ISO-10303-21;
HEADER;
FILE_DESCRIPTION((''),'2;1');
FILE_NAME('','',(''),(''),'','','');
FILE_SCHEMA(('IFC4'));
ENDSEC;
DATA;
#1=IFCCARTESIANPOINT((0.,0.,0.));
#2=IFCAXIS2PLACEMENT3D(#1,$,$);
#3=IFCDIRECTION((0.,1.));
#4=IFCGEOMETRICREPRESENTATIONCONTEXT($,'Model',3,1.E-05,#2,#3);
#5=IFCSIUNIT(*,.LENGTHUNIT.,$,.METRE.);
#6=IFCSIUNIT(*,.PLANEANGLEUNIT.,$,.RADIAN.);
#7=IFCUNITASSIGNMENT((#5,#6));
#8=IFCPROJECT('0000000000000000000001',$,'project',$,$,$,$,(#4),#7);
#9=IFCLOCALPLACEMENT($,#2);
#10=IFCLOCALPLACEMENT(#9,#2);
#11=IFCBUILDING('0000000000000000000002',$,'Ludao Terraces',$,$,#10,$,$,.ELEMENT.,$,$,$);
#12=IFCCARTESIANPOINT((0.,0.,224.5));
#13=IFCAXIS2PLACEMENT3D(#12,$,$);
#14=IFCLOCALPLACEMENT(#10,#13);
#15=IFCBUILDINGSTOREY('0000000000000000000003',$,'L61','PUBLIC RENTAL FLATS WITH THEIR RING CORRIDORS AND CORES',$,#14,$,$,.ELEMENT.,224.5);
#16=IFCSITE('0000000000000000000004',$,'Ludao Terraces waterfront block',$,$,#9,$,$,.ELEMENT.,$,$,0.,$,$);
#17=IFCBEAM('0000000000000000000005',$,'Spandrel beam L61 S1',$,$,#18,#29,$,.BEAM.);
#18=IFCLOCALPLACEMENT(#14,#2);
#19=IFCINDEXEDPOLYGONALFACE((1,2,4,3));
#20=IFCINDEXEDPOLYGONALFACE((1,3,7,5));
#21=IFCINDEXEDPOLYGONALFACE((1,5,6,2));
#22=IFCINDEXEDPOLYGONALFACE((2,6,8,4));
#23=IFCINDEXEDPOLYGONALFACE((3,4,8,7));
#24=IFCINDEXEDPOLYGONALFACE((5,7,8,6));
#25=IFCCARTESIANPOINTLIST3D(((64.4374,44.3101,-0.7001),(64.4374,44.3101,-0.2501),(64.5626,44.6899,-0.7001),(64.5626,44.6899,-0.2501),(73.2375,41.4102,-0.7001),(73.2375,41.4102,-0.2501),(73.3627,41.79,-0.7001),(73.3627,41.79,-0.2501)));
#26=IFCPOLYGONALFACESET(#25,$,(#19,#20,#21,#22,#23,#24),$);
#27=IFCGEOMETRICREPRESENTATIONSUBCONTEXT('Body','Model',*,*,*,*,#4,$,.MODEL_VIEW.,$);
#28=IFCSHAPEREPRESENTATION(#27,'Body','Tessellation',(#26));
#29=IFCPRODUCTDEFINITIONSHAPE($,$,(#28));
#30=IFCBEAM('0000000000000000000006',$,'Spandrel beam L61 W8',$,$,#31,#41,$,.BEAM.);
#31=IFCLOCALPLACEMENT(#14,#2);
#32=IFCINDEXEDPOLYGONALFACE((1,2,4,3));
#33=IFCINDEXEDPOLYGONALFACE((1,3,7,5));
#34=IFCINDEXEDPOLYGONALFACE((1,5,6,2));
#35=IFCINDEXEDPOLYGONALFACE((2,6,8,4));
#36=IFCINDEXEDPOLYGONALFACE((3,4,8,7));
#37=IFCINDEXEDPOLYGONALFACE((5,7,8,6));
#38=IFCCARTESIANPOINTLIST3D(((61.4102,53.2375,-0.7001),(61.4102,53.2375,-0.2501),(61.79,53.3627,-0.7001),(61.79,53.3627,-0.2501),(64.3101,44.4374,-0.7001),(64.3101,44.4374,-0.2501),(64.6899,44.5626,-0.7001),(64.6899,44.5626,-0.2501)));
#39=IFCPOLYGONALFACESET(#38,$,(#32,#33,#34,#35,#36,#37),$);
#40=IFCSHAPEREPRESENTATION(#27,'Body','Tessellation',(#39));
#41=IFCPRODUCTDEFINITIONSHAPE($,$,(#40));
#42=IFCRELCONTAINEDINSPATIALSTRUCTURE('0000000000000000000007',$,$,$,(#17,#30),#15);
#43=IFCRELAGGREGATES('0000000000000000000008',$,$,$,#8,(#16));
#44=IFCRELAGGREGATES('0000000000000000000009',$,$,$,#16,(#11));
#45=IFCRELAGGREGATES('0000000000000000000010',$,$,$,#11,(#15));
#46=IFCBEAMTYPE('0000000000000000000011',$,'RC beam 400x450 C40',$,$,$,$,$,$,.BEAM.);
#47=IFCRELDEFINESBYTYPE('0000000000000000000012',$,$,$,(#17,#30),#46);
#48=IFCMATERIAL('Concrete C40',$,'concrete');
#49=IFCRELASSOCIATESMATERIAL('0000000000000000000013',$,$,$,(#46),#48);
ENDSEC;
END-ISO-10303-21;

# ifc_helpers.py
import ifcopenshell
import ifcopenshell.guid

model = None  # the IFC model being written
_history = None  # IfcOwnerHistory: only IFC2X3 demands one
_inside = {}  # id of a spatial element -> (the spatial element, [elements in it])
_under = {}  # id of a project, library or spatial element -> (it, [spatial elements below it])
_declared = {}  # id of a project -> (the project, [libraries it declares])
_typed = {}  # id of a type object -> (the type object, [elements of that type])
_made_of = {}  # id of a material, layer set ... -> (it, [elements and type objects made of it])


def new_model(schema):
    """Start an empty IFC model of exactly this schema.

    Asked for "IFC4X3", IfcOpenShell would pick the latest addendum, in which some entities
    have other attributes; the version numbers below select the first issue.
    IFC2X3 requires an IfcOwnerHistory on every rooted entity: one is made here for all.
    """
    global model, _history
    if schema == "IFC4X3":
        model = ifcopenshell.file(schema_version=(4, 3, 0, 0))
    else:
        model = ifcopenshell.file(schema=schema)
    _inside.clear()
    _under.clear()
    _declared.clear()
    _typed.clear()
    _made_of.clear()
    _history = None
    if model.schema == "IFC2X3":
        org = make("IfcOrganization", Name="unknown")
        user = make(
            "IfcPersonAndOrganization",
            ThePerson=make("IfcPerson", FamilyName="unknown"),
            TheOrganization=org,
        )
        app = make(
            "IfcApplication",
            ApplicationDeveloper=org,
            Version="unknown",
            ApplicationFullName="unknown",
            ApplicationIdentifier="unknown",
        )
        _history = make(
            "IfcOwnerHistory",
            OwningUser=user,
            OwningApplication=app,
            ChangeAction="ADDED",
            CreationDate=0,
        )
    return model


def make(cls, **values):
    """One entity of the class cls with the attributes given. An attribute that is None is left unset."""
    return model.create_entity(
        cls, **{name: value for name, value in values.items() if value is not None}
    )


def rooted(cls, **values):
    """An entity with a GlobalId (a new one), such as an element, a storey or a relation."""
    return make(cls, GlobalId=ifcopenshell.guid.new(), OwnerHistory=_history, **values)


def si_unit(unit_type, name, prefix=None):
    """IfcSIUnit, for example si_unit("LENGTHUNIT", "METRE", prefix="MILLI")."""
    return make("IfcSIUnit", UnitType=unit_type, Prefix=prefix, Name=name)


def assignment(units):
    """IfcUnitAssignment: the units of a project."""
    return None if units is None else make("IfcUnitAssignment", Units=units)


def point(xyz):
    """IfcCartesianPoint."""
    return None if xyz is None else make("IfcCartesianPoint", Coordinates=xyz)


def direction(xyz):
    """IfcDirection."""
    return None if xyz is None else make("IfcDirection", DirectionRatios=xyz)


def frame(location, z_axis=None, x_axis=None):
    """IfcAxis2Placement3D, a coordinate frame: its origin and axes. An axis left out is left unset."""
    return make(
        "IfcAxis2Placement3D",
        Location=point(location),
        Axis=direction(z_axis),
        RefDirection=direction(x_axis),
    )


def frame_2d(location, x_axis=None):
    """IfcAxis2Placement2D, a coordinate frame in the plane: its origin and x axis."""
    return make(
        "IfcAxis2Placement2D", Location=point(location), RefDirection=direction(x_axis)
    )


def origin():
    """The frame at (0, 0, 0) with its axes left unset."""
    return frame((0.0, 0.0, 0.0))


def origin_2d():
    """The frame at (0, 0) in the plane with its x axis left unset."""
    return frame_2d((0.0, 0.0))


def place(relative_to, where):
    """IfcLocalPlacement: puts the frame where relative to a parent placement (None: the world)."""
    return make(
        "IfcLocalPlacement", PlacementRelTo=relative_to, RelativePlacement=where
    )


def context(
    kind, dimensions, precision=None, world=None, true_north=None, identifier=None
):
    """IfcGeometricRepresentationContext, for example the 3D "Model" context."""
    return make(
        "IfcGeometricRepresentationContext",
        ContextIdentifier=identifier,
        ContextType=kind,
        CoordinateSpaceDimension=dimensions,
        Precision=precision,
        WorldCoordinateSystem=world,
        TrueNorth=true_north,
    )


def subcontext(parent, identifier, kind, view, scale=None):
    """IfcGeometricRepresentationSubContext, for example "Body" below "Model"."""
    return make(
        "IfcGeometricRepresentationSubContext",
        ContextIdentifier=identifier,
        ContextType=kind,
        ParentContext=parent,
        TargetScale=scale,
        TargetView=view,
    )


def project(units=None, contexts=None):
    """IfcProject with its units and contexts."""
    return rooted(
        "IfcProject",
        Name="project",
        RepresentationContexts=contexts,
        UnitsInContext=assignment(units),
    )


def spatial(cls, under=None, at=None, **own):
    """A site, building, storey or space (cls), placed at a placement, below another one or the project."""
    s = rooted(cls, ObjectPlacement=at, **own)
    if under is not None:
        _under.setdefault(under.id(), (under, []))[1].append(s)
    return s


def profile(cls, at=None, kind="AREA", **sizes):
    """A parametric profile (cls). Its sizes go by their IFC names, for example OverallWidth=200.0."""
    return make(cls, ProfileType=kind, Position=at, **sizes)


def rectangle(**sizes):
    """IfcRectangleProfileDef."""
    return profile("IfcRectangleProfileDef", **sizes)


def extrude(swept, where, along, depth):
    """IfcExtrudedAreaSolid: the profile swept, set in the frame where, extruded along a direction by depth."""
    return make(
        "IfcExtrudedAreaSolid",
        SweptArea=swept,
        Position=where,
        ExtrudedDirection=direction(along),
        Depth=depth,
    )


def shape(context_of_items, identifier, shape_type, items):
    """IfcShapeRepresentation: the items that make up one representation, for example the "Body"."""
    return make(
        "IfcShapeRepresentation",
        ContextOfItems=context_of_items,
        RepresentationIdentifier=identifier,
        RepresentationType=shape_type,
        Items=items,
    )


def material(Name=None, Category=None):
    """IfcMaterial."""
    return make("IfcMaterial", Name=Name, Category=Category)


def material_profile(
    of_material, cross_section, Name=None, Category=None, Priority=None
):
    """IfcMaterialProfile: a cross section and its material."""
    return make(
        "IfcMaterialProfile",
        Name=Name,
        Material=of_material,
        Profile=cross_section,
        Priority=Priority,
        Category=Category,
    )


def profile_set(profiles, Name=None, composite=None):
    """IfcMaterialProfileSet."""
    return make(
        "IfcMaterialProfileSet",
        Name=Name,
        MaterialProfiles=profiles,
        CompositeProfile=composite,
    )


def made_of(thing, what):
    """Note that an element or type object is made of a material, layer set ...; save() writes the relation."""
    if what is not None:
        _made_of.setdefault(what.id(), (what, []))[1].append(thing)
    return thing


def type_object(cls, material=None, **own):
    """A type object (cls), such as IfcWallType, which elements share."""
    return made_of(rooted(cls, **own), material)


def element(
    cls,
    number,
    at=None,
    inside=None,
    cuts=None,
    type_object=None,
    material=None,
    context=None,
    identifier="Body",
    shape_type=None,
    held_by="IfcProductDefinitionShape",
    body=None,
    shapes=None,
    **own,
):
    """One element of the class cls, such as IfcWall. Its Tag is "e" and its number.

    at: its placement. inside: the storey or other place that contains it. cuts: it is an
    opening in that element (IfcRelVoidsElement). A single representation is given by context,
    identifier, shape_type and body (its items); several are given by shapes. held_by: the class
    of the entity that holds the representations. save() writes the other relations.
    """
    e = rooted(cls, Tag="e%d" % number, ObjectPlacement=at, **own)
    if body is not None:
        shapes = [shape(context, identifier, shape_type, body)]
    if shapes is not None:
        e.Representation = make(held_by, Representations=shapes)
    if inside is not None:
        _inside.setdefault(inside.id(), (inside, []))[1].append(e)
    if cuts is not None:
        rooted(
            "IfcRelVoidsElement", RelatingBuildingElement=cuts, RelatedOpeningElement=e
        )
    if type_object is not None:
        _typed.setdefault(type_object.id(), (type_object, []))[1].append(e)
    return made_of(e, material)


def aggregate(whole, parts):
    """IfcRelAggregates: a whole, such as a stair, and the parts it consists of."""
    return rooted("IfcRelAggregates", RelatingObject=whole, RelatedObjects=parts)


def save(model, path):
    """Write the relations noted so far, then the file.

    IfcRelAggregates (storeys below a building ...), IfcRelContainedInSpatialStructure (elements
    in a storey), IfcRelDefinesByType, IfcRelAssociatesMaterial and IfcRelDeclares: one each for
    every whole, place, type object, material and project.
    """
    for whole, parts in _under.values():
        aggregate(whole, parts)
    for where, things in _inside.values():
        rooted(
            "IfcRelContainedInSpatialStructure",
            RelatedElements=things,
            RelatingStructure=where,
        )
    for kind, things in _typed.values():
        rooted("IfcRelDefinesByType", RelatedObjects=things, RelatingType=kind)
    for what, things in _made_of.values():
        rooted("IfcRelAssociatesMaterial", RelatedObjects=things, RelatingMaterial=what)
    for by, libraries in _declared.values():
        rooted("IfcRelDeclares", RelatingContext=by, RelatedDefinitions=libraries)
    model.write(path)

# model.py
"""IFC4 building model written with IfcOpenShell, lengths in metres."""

from ifc_helpers import new_model, si_unit, direction, frame, origin, origin_2d, place, context, subcontext, project, spatial, rectangle, extrude, material, material_profile, profile_set, type_object, element, save


model = new_model("IFC4")

# Units and contexts
model_context = context("Model", 3, precision=1e-05, world=origin(), true_north=direction((0.0, 1.0)))
body_context = subcontext(model_context, "Body", "Model", "MODEL_VIEW")
ifc_project = project(units=[si_unit("LENGTHUNIT", "METRE"), si_unit("PLANEANGLEUNIT", "RADIAN")], contexts=[model_context])

# Site, building, storey
site_placement = place(None, origin())
site = spatial("IfcSite", under=ifc_project, at=site_placement, Name="Ludao Terraces waterfront block", CompositionType="ELEMENT", RefElevation=0.0)
building_placement = place(site_placement, origin())
building = spatial("IfcBuilding", under=site, at=building_placement, Name="Ludao Terraces", CompositionType="ELEMENT")
storey_placement = place(building_placement, frame((0.0, 0.0, 224.5)))
storey = spatial("IfcBuildingStorey", under=building, at=storey_placement, Name="L61", Description="PUBLIC RENTAL FLATS WITH THEIR RING CORRIDORS AND CORES", CompositionType="ELEMENT", Elevation=224.5)

# Beams
ifc_material = material(Name="Concrete C40", Category="concrete")
ifc_material_profile = material_profile(ifc_material, rectangle(XDim=0.3999, YDim=0.45, at=origin_2d()), Name="400 X 450")
ifc_profile_set = profile_set([ifc_material_profile], Name="Concrete C40")
beam_type = type_object("IfcBeamType", Name="RC beam 400x450 C40", PredefinedType="BEAM", material=ifc_profile_set)
for number, where, z_axis, x_axis, name in (
    (1, (64.5, 44.5, -0.4751), (0.949761, -0.312977, 0.0), (0.312977, 0.949761, 0.0), "Spandrel beam L61 S1"),
    (2, (64.5, 44.5, -0.4751), (-0.312977, 0.949761, 0.0), (-0.949761, -0.312977, 0.0), "Spandrel beam L61 W8"),
):
    element("IfcBeam", number, at=place(storey_placement, frame(where, z_axis=z_axis, x_axis=x_axis)), inside=storey, type_object=beam_type, Name=name, PredefinedType="BEAM", context=body_context, shape_type="SweptSolid", body=[
        extrude(rectangle(XDim=0.3999, YDim=0.45, at=origin_2d()), origin(), (0.0, 0.0, 1.0), 9.2656),
    ])

save(model, "model.ifc")
